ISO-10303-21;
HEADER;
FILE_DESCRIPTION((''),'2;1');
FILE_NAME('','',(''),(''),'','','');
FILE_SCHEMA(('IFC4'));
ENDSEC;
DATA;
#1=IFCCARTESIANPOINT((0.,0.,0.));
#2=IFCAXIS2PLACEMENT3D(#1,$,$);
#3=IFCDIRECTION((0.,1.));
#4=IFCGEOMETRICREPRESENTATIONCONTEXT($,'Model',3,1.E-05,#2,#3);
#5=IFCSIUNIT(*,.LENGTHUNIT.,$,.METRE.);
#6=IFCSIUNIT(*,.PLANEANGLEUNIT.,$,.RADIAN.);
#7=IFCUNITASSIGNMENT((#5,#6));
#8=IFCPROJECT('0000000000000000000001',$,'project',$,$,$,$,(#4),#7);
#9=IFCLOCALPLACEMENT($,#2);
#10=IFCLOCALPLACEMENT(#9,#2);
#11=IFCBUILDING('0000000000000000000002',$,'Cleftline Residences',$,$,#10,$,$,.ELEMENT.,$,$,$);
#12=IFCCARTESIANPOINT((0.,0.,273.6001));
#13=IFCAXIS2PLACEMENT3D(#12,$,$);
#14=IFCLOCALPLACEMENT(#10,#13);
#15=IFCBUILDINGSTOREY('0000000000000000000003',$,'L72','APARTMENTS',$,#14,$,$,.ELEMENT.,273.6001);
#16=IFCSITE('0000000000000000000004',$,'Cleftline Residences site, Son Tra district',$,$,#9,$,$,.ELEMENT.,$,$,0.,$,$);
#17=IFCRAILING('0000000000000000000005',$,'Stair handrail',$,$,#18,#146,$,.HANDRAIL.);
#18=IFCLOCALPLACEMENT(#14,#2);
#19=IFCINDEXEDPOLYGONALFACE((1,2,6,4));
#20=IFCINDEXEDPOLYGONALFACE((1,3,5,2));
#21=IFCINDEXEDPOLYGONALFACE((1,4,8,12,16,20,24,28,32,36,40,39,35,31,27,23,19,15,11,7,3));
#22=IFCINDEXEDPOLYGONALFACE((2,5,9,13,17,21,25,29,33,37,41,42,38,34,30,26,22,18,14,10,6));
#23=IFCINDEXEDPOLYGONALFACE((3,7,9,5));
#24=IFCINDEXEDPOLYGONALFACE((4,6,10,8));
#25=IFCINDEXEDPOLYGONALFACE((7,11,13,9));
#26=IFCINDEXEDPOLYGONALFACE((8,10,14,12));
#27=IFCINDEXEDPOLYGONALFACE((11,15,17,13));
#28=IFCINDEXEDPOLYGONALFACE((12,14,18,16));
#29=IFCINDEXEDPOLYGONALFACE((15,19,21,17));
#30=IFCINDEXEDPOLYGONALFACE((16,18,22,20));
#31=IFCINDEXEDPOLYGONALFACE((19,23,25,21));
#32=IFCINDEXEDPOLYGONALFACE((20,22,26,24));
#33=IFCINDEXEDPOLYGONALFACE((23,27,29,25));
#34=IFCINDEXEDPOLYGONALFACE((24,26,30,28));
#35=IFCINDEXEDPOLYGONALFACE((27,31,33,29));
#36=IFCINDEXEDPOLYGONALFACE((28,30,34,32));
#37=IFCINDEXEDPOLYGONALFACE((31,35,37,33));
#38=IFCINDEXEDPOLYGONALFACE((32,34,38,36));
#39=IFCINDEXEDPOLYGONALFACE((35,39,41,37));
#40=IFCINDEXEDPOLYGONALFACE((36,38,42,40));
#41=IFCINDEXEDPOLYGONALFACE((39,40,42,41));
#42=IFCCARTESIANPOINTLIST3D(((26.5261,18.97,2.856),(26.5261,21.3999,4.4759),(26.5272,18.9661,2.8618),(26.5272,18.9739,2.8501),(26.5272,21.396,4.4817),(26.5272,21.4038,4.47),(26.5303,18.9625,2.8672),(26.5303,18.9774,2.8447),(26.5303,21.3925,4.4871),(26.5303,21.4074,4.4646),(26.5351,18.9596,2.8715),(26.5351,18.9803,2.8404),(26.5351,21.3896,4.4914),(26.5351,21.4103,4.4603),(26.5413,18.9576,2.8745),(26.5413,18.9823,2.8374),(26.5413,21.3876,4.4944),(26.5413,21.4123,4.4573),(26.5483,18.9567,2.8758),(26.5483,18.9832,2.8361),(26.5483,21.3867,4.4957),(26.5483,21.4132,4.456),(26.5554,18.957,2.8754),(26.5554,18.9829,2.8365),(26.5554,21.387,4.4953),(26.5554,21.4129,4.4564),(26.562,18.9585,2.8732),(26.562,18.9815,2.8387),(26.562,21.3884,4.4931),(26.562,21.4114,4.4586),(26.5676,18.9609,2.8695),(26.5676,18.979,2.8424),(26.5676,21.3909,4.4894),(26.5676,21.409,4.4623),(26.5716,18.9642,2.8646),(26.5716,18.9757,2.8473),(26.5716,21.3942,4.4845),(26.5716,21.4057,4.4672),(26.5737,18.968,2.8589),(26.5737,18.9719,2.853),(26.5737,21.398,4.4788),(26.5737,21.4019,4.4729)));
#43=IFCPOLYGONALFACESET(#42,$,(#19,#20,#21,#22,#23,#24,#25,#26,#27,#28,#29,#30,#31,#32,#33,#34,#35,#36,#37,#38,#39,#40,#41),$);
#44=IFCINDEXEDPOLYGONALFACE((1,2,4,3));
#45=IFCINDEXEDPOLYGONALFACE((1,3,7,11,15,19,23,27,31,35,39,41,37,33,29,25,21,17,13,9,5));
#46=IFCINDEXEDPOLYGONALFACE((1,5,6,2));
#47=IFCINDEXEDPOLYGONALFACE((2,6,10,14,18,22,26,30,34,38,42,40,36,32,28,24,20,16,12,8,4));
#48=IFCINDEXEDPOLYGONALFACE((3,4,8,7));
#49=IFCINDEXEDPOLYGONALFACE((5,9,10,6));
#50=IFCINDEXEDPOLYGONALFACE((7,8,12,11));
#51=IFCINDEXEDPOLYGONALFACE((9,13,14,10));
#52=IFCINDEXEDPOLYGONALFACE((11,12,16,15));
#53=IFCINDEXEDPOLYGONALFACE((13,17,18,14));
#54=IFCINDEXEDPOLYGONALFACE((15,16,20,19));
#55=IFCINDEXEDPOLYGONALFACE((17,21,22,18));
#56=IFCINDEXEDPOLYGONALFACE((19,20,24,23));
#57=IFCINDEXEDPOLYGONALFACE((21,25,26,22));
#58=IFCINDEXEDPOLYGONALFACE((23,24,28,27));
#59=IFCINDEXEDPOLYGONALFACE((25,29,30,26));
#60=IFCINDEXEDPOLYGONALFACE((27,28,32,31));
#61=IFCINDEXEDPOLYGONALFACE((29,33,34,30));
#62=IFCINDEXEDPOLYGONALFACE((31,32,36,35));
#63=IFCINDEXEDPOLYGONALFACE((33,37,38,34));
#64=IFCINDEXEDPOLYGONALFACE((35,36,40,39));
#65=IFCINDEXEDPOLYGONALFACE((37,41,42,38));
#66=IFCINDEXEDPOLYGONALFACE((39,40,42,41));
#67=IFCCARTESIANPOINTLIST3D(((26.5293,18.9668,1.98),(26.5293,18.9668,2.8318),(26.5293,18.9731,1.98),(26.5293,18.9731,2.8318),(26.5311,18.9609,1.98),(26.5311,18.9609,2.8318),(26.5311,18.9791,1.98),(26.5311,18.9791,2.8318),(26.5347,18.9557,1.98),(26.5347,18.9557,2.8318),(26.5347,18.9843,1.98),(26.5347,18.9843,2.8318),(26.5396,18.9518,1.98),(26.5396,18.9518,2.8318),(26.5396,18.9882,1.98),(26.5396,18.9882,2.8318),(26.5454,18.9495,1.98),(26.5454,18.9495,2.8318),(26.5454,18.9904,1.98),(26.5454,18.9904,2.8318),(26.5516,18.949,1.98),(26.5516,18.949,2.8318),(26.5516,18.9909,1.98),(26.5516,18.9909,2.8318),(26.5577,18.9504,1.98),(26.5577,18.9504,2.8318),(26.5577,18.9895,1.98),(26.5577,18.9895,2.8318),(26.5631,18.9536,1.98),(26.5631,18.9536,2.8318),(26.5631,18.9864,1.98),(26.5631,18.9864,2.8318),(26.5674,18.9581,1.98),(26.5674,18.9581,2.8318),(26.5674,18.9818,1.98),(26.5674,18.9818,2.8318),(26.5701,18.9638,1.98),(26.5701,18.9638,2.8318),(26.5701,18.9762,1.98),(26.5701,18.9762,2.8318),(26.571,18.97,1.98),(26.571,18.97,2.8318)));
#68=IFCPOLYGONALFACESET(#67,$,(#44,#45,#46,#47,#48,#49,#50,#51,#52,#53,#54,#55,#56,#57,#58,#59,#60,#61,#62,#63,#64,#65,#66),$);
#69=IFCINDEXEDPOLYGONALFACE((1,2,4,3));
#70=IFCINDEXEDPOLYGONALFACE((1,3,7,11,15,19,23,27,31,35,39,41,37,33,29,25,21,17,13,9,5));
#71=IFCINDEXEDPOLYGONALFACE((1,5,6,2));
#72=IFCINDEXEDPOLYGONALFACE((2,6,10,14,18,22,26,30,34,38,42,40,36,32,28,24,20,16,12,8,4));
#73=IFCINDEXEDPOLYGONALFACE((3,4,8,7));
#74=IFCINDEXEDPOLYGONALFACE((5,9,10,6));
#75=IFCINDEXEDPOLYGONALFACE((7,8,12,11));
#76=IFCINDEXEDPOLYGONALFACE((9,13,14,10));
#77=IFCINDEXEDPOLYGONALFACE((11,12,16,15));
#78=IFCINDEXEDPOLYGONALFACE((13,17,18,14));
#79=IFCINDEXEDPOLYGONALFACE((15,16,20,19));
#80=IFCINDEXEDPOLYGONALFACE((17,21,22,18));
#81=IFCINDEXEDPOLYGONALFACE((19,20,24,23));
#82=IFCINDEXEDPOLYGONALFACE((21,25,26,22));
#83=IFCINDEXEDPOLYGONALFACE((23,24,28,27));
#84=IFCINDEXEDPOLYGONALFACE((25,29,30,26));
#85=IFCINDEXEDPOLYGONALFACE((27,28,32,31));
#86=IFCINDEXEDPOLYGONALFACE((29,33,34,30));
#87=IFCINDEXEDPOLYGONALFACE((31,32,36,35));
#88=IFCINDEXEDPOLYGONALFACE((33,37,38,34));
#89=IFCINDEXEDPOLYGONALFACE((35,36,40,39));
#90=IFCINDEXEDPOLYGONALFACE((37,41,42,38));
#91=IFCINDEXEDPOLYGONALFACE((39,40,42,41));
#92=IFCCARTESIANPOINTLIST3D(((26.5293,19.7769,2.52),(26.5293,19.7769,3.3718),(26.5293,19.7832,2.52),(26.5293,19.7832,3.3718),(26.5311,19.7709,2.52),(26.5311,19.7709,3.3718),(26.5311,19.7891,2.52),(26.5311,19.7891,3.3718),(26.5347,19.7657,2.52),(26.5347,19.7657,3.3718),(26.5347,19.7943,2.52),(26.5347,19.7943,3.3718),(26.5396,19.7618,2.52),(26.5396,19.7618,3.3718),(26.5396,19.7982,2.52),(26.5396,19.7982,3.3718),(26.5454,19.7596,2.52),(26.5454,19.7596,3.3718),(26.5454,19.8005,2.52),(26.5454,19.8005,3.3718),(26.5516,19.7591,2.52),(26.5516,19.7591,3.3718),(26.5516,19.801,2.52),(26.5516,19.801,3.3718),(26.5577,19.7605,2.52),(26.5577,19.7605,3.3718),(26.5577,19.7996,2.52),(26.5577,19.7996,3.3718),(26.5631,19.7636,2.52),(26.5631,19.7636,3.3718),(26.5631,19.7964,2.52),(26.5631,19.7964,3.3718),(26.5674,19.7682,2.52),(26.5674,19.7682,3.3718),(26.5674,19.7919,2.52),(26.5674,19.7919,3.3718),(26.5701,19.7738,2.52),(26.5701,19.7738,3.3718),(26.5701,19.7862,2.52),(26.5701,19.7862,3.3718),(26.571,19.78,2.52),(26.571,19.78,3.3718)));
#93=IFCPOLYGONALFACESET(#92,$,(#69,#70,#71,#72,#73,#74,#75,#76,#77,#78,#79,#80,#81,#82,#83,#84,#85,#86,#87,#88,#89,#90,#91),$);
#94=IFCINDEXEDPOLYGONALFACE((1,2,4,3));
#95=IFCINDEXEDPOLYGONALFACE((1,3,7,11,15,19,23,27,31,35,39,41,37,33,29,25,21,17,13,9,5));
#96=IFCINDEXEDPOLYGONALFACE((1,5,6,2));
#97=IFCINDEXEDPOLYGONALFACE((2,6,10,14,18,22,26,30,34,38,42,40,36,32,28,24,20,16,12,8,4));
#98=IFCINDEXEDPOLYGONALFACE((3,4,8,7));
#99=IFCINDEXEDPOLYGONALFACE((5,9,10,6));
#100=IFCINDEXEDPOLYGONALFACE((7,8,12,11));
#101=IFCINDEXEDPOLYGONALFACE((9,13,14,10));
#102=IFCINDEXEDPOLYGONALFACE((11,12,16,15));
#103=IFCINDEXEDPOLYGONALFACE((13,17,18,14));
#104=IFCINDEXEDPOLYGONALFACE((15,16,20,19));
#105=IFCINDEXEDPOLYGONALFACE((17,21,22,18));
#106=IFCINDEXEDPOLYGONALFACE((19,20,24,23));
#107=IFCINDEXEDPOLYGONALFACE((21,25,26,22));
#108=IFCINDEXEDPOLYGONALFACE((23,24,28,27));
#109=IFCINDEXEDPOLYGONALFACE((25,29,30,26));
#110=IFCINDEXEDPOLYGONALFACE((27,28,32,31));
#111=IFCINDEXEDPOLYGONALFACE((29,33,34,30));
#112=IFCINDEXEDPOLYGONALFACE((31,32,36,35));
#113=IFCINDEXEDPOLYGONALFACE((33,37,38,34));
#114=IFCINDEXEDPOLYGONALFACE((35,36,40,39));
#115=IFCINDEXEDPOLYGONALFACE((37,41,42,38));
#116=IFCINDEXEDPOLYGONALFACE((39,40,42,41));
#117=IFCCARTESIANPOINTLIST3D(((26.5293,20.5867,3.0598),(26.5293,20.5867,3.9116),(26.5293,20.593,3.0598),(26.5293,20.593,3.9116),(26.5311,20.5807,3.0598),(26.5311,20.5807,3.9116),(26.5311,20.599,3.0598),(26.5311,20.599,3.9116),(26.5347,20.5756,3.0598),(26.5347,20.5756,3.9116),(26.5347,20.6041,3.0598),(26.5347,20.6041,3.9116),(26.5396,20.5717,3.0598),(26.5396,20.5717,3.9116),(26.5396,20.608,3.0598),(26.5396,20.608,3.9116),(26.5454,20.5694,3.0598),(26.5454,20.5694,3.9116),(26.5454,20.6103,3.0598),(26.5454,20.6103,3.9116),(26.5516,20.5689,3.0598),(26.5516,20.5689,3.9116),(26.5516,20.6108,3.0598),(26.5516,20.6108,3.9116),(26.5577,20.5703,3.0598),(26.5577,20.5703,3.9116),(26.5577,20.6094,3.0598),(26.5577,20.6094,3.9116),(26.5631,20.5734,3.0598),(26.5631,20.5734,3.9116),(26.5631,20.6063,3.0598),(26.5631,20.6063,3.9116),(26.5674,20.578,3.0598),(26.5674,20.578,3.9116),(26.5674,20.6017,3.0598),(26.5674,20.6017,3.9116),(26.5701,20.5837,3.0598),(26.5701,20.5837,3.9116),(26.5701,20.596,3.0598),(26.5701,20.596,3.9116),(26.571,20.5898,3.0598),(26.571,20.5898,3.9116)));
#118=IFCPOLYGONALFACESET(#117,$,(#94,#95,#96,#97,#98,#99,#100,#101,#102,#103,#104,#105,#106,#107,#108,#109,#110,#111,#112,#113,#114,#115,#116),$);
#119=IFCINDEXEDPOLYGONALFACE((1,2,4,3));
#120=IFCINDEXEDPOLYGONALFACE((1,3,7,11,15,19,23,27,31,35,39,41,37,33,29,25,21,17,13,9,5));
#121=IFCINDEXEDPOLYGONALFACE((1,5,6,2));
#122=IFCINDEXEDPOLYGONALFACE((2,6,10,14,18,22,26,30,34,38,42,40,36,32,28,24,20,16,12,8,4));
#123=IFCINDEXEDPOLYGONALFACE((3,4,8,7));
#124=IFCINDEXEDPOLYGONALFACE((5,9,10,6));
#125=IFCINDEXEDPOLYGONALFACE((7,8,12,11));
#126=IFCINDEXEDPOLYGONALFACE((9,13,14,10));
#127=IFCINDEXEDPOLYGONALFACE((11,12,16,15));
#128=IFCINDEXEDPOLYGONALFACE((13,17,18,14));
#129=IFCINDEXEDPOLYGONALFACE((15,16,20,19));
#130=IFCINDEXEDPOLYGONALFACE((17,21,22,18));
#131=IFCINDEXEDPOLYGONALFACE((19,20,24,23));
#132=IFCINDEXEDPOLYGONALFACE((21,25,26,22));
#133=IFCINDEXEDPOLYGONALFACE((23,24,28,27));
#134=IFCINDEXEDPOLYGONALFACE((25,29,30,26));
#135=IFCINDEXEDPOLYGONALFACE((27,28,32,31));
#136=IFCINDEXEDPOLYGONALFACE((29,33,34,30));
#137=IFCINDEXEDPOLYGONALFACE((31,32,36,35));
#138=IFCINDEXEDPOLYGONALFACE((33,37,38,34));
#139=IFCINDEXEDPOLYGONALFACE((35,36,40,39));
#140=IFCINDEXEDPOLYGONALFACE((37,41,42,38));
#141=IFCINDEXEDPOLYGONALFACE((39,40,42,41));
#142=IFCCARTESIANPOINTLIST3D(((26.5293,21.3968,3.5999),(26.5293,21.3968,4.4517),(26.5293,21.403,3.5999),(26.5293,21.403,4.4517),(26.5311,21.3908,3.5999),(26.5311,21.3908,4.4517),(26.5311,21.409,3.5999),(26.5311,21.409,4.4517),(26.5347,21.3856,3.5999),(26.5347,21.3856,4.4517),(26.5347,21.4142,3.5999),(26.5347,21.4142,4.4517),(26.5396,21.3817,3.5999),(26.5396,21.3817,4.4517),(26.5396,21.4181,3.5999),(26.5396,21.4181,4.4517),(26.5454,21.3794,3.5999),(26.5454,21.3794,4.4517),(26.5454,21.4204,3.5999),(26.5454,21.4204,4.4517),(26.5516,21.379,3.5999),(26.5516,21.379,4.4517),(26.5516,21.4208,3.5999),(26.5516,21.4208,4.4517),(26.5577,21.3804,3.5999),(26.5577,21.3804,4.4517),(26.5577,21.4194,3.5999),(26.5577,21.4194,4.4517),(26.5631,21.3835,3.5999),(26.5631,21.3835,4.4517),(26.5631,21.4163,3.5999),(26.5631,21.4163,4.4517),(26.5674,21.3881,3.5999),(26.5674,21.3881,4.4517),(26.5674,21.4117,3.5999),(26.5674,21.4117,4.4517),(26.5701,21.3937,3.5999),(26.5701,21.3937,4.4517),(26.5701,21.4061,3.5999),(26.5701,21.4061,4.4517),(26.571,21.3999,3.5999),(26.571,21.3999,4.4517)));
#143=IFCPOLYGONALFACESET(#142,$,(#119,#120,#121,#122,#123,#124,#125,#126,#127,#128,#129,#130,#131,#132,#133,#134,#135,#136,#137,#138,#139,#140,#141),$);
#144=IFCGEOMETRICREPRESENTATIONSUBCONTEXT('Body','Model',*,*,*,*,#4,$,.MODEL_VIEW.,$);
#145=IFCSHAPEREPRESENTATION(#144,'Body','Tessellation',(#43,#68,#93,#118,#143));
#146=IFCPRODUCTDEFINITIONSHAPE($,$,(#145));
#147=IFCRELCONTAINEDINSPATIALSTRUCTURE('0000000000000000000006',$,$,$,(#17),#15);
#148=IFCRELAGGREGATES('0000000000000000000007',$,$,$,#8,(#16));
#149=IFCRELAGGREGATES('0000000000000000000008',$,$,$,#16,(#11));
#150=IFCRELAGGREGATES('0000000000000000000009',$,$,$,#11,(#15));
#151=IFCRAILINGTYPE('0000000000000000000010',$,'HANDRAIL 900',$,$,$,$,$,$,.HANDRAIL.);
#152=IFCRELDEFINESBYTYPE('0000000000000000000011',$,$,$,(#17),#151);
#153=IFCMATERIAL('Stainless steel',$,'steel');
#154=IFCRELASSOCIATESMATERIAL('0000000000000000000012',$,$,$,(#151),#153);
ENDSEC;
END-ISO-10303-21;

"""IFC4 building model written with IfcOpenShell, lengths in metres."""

from ifc_helpers import new_model, si_unit, direction, frame, origin, origin_2d, place, context, subcontext, project, spatial, circle, extrude, material, type_object, element, save


model = new_model("IFC4")

# Units and contexts
model_context = context("Model", 3, precision=1e-05, world=origin(), true_north=direction((0.0, 1.0)))
body_context = subcontext(model_context, "Body", "Model", "MODEL_VIEW")
ifc_project = project(units=[si_unit("LENGTHUNIT", "METRE"), si_unit("PLANEANGLEUNIT", "RADIAN")], contexts=[model_context])

# Site, building, storey
site_placement = place(None, origin())
site = spatial("IfcSite", under=ifc_project, at=site_placement, Name="Cleftline Residences site, Son Tra district", CompositionType="ELEMENT", RefElevation=0.0)
building_placement = place(site_placement, origin())
building = spatial("IfcBuilding", under=site, at=building_placement, Name="Cleftline Residences", CompositionType="ELEMENT")
storey_placement = place(building_placement, frame((0.0, 0.0, 273.6001)))
storey = spatial("IfcBuildingStorey", under=building, at=storey_placement, Name="L72", Description="APARTMENTS", CompositionType="ELEMENT", Elevation=273.6001)

# Railing
ifc_material_1 = material(Name="Stainless steel", Category="steel")
railing_type = type_object("IfcRailingType", Name="HANDRAIL 900", PredefinedType="HANDRAIL", material=ifc_material_1)
railing_1_placement = place(storey_placement, frame((26.55, 18.97, 1.98)))
element("IfcRailing", 1, at=railing_1_placement, inside=storey, type_object=railing_type, Name="Stair handrail", PredefinedType="HANDRAIL", context=body_context, shape_type="SweptSolid", body=[
    extrude(circle(Radius=0.0239, at=origin_2d()), frame((0.0, 0.0, 0.876), z_axis=(0.0, 0.832063, 0.554681), x_axis=(-1.0, 0.0, 0.0)), (0.0, 0.0, 1.0), 2.9204),
    extrude(circle(Radius=0.021, at=origin_2d()), origin(), (0.0, 0.0, 1.0), 0.8518),
    extrude(circle(Radius=0.021, at=origin_2d()), frame((0.0, 0.8101, 0.54)), (0.0, 0.0, 1.0), 0.8518),
    extrude(circle(Radius=0.021, at=origin_2d()), frame((0.0, 1.6199, 1.0798)), (0.0, 0.0, 1.0), 0.8518),
    extrude(circle(Radius=0.021, at=origin_2d()), frame((0.0, 2.4299, 1.6199)), (0.0, 0.0, 1.0), 0.8518),
])

save(model, "model.ifc")
